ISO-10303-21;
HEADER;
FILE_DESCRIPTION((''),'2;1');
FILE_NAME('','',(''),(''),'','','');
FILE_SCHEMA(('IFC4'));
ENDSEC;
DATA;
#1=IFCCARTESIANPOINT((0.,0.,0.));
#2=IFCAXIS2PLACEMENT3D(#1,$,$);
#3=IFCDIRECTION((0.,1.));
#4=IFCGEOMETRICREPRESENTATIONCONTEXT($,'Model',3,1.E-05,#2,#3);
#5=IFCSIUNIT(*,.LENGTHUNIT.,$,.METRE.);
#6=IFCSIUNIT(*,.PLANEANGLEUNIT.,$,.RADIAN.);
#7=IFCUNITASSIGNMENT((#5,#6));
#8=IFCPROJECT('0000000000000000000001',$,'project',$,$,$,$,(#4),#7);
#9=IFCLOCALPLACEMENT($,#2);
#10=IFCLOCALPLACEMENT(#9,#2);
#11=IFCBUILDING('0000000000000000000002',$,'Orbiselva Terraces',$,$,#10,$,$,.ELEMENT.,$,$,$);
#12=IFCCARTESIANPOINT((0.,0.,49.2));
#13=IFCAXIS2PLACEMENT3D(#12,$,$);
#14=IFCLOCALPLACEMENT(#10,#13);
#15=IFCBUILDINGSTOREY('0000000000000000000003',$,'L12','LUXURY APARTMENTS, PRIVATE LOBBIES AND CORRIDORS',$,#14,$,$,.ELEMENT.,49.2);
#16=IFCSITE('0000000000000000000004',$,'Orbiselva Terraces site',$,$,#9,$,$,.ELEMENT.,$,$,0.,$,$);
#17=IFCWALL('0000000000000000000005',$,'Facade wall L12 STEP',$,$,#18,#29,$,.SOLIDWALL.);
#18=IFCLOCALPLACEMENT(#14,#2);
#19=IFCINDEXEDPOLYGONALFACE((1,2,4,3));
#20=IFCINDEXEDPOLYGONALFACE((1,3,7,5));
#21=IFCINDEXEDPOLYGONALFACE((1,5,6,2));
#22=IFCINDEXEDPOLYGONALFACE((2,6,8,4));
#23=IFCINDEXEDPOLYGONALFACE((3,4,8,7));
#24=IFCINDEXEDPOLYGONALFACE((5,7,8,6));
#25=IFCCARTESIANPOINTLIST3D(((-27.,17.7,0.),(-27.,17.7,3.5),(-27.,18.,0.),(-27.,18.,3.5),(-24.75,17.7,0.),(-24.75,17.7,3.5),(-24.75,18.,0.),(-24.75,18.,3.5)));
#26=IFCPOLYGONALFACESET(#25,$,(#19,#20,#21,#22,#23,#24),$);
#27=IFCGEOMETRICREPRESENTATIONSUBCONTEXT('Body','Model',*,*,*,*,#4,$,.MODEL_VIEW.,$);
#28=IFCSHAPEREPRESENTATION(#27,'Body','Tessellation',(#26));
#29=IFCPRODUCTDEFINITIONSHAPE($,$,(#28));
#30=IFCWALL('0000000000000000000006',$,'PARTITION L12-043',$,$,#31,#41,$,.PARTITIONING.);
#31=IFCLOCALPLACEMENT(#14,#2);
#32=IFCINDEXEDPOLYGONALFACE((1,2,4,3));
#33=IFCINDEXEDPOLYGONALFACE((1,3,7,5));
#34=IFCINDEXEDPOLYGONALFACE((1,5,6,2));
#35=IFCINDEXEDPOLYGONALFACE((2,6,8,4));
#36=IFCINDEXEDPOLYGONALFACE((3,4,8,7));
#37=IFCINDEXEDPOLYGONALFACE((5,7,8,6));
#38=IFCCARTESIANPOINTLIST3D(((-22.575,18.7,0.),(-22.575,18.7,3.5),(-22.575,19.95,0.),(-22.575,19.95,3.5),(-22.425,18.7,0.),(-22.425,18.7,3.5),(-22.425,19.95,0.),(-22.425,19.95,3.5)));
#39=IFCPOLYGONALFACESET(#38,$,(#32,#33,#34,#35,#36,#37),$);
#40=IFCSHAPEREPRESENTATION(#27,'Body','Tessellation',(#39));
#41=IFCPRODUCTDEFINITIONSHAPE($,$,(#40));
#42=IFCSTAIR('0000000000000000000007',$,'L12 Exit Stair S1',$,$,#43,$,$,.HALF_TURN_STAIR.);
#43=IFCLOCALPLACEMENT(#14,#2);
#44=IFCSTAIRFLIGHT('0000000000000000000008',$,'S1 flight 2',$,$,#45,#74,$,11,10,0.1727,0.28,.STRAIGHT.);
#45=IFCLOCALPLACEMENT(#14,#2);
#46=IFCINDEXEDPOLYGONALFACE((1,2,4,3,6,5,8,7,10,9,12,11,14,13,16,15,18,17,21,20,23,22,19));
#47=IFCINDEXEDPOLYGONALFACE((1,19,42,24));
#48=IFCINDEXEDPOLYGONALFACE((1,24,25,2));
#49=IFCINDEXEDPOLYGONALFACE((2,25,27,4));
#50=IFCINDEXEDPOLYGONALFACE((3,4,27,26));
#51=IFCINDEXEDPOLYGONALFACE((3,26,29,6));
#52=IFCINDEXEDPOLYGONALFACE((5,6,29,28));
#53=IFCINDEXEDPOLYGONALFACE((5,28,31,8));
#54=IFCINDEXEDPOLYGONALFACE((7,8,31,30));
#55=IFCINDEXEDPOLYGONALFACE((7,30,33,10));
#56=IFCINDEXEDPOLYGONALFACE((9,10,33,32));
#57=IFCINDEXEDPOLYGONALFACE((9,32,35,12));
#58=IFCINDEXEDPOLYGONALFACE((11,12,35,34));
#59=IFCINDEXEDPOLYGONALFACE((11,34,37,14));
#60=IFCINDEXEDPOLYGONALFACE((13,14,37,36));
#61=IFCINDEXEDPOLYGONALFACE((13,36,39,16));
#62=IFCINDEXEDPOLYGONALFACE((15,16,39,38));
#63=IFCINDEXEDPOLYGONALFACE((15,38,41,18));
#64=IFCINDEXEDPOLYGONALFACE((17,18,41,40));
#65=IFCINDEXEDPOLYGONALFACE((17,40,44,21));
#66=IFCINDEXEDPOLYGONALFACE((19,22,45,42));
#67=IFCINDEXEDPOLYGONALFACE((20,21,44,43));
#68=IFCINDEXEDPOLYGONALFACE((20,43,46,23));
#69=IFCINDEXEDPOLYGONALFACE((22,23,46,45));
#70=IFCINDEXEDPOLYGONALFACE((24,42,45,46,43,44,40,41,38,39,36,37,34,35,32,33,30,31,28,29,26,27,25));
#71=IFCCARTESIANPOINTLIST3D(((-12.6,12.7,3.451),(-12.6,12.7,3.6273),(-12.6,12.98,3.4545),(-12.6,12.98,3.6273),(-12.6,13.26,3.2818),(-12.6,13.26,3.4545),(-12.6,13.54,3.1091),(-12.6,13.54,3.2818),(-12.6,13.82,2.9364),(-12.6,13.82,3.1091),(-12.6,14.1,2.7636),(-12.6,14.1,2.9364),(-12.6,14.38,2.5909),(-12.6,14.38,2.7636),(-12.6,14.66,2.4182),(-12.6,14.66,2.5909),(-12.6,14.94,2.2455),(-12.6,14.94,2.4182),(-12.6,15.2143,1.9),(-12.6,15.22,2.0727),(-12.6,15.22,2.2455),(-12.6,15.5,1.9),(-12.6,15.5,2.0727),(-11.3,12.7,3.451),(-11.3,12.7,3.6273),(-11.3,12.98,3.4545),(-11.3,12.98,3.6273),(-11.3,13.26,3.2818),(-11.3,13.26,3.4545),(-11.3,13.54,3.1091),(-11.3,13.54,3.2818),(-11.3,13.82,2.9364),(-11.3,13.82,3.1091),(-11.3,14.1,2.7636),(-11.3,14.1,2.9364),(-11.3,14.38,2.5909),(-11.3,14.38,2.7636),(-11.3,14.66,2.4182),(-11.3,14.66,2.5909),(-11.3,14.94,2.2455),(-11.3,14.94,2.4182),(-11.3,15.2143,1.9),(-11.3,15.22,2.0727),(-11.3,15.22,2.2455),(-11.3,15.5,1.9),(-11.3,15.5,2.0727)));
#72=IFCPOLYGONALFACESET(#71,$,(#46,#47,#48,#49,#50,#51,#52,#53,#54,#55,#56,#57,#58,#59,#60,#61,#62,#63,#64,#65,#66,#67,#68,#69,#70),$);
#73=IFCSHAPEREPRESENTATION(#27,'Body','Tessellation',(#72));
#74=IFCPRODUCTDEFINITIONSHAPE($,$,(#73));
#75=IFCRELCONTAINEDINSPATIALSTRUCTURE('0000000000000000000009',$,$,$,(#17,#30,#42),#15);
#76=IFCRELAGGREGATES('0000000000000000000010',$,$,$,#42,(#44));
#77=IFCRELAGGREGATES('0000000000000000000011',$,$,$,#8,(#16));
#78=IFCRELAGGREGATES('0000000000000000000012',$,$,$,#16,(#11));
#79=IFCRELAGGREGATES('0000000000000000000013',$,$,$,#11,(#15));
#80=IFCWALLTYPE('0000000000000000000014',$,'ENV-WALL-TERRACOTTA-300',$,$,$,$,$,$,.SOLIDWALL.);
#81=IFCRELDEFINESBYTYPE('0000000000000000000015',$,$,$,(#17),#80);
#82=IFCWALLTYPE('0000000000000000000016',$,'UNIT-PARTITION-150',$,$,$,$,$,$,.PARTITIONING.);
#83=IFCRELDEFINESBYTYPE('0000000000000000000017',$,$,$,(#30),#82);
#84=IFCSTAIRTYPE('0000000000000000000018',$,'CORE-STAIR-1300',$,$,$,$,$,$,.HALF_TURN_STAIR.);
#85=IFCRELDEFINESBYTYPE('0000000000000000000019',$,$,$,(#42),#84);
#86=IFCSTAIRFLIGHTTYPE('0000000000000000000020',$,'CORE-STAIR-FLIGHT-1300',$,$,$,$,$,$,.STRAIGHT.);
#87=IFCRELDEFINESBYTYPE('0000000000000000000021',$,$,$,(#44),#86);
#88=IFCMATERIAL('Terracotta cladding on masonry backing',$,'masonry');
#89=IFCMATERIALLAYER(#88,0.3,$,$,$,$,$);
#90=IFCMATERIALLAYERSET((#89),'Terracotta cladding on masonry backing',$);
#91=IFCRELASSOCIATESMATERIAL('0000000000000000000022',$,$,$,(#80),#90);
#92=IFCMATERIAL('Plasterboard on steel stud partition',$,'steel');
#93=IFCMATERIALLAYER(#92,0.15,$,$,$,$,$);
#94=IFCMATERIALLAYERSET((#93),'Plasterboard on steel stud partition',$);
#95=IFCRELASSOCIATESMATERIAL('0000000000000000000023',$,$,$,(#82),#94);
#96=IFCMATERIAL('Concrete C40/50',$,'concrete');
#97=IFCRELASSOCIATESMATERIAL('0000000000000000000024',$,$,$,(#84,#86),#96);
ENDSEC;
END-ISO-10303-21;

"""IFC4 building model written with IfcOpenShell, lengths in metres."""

from ifc_helpers import new_model, si_unit, direction, frame, frame_2d, origin, place, context, subcontext, project, spatial, polyline, rectangle, outline, extrude, material, layer, layer_set, type_object, element, aggregate, save


model = new_model("IFC4")

# Units and contexts
model_context = context("Model", 3, precision=1e-05, world=origin(), true_north=direction((0.0, 1.0)))
body_context = subcontext(model_context, "Body", "Model", "MODEL_VIEW")
ifc_project = project(units=[si_unit("LENGTHUNIT", "METRE"), si_unit("PLANEANGLEUNIT", "RADIAN")], contexts=[model_context])

# Site, building, storey
site_placement = place(None, origin())
site = spatial("IfcSite", under=ifc_project, at=site_placement, Name="Orbiselva Terraces site", CompositionType="ELEMENT", RefElevation=0.0)
building_placement = place(site_placement, origin())
building = spatial("IfcBuilding", under=site, at=building_placement, Name="Orbiselva Terraces", CompositionType="ELEMENT")
storey_placement = place(building_placement, frame((0.0, 0.0, 49.2)))
storey = spatial("IfcBuildingStorey", under=building, at=storey_placement, Name="L12", Description="LUXURY APARTMENTS, PRIVATE LOBBIES AND CORRIDORS", CompositionType="ELEMENT", Elevation=49.2)

# Shared definitions
ifc_material_1 = material(Name="Terracotta cladding on masonry backing", Category="masonry")
ifc_layer_1 = layer(ifc_material_1, 0.3)
ifc_layer_set_1 = layer_set([ifc_layer_1], Name="Terracotta cladding on masonry backing")
wall_type_1 = type_object("IfcWallType", Name="ENV-WALL-TERRACOTTA-300", PredefinedType="SOLIDWALL", material=ifc_layer_set_1)

# Walls
wall_1_placement = place(storey_placement, frame((-27.0, 17.85, 0.0), z_axis=(0.0, 0.0, 1.0), x_axis=(1.0, 0.0, 0.0)))
element("IfcWall", 1, at=wall_1_placement, inside=storey, type_object=wall_type_1, Name="Facade wall L12 STEP", PredefinedType="SOLIDWALL", context=body_context, shape_type="SweptSolid", body=[
    extrude(rectangle(XDim=2.25, YDim=0.3, at=frame_2d((1.125, 0.0))), origin(), (0.0, 0.0, 1.0), 3.5),
])
ifc_material_2 = material(Name="Plasterboard on steel stud partition", Category="steel")
ifc_layer_2 = layer(ifc_material_2, 0.15)
ifc_layer_set_2 = layer_set([ifc_layer_2], Name="Plasterboard on steel stud partition")
wall_type_2 = type_object("IfcWallType", Name="UNIT-PARTITION-150", PredefinedType="PARTITIONING", material=ifc_layer_set_2)
wall_2_placement = place(storey_placement, frame((-22.5, 18.7, 0.0), z_axis=(0.0, 0.0, 1.0), x_axis=(0.0, 1.0, 0.0)))
element("IfcWall", 2, at=wall_2_placement, inside=storey, type_object=wall_type_2, Name="PARTITION L12-043", PredefinedType="PARTITIONING", context=body_context, shape_type="SweptSolid", body=[
    extrude(rectangle(XDim=1.25, YDim=0.15, at=frame_2d((0.625, 0.0))), origin(), (0.0, 0.0, 1.0), 3.5),
])

# Stair, stair flight
ifc_material_3 = material(Name="Concrete C40/50", Category="concrete")
stair_type = type_object("IfcStairType", Name="CORE-STAIR-1300", PredefinedType="HALF_TURN_STAIR", material=ifc_material_3)
stair_placement = place(storey_placement, origin())
stair = element("IfcStair", 3, at=stair_placement, inside=storey, type_object=stair_type, Name="L12 Exit Stair S1", PredefinedType="HALF_TURN_STAIR")
stair_flight_type = type_object("IfcStairFlightType", Name="CORE-STAIR-FLIGHT-1300", PredefinedType="STRAIGHT", material=ifc_material_3)
stair_flight_placement = place(storey_placement, frame((-11.95, 15.5, 1.9), z_axis=(0.0, 0.0, 1.0), x_axis=(0.0, -1.0, 0.0)))
stair_flight = element("IfcStairFlight", 4, at=stair_flight_placement, type_object=stair_flight_type, Name="S1 flight 2", NumberOfRisers=11, NumberOfTreads=10, PredefinedType="STRAIGHT", RiserHeight=0.1727, TreadLength=0.28, context=body_context, shape_type="SweptSolid", body=[
    extrude(outline(polyline([(0.0, 0.0), (0.0, 0.1727), (0.28, 0.1727), (0.28, 0.3455), (0.56, 0.3455), (0.56, 0.5182), (0.84, 0.5182), (0.84, 0.6909), (1.12, 0.6909), (1.12, 0.8636), (1.4, 0.8636), (1.4, 1.0364), (1.68, 1.0364), (1.68, 1.2091), (1.96, 1.2091), (1.96, 1.3818), (2.24, 1.3818), (2.24, 1.5545), (2.52, 1.5545), (2.52, 1.7273), (2.8, 1.7273), (2.8, 1.9), (2.8, 1.551), (0.2857, 0.0), (0.0, 0.0)])), frame((0.0, 0.65, 0.0), z_axis=(0.0, -1.0, 0.0), x_axis=(1.0, 0.0, 0.0)), (0.0, 0.0, 1.0), 1.3),
])
aggregate(stair, [stair_flight])

save(model, "model.ifc")
